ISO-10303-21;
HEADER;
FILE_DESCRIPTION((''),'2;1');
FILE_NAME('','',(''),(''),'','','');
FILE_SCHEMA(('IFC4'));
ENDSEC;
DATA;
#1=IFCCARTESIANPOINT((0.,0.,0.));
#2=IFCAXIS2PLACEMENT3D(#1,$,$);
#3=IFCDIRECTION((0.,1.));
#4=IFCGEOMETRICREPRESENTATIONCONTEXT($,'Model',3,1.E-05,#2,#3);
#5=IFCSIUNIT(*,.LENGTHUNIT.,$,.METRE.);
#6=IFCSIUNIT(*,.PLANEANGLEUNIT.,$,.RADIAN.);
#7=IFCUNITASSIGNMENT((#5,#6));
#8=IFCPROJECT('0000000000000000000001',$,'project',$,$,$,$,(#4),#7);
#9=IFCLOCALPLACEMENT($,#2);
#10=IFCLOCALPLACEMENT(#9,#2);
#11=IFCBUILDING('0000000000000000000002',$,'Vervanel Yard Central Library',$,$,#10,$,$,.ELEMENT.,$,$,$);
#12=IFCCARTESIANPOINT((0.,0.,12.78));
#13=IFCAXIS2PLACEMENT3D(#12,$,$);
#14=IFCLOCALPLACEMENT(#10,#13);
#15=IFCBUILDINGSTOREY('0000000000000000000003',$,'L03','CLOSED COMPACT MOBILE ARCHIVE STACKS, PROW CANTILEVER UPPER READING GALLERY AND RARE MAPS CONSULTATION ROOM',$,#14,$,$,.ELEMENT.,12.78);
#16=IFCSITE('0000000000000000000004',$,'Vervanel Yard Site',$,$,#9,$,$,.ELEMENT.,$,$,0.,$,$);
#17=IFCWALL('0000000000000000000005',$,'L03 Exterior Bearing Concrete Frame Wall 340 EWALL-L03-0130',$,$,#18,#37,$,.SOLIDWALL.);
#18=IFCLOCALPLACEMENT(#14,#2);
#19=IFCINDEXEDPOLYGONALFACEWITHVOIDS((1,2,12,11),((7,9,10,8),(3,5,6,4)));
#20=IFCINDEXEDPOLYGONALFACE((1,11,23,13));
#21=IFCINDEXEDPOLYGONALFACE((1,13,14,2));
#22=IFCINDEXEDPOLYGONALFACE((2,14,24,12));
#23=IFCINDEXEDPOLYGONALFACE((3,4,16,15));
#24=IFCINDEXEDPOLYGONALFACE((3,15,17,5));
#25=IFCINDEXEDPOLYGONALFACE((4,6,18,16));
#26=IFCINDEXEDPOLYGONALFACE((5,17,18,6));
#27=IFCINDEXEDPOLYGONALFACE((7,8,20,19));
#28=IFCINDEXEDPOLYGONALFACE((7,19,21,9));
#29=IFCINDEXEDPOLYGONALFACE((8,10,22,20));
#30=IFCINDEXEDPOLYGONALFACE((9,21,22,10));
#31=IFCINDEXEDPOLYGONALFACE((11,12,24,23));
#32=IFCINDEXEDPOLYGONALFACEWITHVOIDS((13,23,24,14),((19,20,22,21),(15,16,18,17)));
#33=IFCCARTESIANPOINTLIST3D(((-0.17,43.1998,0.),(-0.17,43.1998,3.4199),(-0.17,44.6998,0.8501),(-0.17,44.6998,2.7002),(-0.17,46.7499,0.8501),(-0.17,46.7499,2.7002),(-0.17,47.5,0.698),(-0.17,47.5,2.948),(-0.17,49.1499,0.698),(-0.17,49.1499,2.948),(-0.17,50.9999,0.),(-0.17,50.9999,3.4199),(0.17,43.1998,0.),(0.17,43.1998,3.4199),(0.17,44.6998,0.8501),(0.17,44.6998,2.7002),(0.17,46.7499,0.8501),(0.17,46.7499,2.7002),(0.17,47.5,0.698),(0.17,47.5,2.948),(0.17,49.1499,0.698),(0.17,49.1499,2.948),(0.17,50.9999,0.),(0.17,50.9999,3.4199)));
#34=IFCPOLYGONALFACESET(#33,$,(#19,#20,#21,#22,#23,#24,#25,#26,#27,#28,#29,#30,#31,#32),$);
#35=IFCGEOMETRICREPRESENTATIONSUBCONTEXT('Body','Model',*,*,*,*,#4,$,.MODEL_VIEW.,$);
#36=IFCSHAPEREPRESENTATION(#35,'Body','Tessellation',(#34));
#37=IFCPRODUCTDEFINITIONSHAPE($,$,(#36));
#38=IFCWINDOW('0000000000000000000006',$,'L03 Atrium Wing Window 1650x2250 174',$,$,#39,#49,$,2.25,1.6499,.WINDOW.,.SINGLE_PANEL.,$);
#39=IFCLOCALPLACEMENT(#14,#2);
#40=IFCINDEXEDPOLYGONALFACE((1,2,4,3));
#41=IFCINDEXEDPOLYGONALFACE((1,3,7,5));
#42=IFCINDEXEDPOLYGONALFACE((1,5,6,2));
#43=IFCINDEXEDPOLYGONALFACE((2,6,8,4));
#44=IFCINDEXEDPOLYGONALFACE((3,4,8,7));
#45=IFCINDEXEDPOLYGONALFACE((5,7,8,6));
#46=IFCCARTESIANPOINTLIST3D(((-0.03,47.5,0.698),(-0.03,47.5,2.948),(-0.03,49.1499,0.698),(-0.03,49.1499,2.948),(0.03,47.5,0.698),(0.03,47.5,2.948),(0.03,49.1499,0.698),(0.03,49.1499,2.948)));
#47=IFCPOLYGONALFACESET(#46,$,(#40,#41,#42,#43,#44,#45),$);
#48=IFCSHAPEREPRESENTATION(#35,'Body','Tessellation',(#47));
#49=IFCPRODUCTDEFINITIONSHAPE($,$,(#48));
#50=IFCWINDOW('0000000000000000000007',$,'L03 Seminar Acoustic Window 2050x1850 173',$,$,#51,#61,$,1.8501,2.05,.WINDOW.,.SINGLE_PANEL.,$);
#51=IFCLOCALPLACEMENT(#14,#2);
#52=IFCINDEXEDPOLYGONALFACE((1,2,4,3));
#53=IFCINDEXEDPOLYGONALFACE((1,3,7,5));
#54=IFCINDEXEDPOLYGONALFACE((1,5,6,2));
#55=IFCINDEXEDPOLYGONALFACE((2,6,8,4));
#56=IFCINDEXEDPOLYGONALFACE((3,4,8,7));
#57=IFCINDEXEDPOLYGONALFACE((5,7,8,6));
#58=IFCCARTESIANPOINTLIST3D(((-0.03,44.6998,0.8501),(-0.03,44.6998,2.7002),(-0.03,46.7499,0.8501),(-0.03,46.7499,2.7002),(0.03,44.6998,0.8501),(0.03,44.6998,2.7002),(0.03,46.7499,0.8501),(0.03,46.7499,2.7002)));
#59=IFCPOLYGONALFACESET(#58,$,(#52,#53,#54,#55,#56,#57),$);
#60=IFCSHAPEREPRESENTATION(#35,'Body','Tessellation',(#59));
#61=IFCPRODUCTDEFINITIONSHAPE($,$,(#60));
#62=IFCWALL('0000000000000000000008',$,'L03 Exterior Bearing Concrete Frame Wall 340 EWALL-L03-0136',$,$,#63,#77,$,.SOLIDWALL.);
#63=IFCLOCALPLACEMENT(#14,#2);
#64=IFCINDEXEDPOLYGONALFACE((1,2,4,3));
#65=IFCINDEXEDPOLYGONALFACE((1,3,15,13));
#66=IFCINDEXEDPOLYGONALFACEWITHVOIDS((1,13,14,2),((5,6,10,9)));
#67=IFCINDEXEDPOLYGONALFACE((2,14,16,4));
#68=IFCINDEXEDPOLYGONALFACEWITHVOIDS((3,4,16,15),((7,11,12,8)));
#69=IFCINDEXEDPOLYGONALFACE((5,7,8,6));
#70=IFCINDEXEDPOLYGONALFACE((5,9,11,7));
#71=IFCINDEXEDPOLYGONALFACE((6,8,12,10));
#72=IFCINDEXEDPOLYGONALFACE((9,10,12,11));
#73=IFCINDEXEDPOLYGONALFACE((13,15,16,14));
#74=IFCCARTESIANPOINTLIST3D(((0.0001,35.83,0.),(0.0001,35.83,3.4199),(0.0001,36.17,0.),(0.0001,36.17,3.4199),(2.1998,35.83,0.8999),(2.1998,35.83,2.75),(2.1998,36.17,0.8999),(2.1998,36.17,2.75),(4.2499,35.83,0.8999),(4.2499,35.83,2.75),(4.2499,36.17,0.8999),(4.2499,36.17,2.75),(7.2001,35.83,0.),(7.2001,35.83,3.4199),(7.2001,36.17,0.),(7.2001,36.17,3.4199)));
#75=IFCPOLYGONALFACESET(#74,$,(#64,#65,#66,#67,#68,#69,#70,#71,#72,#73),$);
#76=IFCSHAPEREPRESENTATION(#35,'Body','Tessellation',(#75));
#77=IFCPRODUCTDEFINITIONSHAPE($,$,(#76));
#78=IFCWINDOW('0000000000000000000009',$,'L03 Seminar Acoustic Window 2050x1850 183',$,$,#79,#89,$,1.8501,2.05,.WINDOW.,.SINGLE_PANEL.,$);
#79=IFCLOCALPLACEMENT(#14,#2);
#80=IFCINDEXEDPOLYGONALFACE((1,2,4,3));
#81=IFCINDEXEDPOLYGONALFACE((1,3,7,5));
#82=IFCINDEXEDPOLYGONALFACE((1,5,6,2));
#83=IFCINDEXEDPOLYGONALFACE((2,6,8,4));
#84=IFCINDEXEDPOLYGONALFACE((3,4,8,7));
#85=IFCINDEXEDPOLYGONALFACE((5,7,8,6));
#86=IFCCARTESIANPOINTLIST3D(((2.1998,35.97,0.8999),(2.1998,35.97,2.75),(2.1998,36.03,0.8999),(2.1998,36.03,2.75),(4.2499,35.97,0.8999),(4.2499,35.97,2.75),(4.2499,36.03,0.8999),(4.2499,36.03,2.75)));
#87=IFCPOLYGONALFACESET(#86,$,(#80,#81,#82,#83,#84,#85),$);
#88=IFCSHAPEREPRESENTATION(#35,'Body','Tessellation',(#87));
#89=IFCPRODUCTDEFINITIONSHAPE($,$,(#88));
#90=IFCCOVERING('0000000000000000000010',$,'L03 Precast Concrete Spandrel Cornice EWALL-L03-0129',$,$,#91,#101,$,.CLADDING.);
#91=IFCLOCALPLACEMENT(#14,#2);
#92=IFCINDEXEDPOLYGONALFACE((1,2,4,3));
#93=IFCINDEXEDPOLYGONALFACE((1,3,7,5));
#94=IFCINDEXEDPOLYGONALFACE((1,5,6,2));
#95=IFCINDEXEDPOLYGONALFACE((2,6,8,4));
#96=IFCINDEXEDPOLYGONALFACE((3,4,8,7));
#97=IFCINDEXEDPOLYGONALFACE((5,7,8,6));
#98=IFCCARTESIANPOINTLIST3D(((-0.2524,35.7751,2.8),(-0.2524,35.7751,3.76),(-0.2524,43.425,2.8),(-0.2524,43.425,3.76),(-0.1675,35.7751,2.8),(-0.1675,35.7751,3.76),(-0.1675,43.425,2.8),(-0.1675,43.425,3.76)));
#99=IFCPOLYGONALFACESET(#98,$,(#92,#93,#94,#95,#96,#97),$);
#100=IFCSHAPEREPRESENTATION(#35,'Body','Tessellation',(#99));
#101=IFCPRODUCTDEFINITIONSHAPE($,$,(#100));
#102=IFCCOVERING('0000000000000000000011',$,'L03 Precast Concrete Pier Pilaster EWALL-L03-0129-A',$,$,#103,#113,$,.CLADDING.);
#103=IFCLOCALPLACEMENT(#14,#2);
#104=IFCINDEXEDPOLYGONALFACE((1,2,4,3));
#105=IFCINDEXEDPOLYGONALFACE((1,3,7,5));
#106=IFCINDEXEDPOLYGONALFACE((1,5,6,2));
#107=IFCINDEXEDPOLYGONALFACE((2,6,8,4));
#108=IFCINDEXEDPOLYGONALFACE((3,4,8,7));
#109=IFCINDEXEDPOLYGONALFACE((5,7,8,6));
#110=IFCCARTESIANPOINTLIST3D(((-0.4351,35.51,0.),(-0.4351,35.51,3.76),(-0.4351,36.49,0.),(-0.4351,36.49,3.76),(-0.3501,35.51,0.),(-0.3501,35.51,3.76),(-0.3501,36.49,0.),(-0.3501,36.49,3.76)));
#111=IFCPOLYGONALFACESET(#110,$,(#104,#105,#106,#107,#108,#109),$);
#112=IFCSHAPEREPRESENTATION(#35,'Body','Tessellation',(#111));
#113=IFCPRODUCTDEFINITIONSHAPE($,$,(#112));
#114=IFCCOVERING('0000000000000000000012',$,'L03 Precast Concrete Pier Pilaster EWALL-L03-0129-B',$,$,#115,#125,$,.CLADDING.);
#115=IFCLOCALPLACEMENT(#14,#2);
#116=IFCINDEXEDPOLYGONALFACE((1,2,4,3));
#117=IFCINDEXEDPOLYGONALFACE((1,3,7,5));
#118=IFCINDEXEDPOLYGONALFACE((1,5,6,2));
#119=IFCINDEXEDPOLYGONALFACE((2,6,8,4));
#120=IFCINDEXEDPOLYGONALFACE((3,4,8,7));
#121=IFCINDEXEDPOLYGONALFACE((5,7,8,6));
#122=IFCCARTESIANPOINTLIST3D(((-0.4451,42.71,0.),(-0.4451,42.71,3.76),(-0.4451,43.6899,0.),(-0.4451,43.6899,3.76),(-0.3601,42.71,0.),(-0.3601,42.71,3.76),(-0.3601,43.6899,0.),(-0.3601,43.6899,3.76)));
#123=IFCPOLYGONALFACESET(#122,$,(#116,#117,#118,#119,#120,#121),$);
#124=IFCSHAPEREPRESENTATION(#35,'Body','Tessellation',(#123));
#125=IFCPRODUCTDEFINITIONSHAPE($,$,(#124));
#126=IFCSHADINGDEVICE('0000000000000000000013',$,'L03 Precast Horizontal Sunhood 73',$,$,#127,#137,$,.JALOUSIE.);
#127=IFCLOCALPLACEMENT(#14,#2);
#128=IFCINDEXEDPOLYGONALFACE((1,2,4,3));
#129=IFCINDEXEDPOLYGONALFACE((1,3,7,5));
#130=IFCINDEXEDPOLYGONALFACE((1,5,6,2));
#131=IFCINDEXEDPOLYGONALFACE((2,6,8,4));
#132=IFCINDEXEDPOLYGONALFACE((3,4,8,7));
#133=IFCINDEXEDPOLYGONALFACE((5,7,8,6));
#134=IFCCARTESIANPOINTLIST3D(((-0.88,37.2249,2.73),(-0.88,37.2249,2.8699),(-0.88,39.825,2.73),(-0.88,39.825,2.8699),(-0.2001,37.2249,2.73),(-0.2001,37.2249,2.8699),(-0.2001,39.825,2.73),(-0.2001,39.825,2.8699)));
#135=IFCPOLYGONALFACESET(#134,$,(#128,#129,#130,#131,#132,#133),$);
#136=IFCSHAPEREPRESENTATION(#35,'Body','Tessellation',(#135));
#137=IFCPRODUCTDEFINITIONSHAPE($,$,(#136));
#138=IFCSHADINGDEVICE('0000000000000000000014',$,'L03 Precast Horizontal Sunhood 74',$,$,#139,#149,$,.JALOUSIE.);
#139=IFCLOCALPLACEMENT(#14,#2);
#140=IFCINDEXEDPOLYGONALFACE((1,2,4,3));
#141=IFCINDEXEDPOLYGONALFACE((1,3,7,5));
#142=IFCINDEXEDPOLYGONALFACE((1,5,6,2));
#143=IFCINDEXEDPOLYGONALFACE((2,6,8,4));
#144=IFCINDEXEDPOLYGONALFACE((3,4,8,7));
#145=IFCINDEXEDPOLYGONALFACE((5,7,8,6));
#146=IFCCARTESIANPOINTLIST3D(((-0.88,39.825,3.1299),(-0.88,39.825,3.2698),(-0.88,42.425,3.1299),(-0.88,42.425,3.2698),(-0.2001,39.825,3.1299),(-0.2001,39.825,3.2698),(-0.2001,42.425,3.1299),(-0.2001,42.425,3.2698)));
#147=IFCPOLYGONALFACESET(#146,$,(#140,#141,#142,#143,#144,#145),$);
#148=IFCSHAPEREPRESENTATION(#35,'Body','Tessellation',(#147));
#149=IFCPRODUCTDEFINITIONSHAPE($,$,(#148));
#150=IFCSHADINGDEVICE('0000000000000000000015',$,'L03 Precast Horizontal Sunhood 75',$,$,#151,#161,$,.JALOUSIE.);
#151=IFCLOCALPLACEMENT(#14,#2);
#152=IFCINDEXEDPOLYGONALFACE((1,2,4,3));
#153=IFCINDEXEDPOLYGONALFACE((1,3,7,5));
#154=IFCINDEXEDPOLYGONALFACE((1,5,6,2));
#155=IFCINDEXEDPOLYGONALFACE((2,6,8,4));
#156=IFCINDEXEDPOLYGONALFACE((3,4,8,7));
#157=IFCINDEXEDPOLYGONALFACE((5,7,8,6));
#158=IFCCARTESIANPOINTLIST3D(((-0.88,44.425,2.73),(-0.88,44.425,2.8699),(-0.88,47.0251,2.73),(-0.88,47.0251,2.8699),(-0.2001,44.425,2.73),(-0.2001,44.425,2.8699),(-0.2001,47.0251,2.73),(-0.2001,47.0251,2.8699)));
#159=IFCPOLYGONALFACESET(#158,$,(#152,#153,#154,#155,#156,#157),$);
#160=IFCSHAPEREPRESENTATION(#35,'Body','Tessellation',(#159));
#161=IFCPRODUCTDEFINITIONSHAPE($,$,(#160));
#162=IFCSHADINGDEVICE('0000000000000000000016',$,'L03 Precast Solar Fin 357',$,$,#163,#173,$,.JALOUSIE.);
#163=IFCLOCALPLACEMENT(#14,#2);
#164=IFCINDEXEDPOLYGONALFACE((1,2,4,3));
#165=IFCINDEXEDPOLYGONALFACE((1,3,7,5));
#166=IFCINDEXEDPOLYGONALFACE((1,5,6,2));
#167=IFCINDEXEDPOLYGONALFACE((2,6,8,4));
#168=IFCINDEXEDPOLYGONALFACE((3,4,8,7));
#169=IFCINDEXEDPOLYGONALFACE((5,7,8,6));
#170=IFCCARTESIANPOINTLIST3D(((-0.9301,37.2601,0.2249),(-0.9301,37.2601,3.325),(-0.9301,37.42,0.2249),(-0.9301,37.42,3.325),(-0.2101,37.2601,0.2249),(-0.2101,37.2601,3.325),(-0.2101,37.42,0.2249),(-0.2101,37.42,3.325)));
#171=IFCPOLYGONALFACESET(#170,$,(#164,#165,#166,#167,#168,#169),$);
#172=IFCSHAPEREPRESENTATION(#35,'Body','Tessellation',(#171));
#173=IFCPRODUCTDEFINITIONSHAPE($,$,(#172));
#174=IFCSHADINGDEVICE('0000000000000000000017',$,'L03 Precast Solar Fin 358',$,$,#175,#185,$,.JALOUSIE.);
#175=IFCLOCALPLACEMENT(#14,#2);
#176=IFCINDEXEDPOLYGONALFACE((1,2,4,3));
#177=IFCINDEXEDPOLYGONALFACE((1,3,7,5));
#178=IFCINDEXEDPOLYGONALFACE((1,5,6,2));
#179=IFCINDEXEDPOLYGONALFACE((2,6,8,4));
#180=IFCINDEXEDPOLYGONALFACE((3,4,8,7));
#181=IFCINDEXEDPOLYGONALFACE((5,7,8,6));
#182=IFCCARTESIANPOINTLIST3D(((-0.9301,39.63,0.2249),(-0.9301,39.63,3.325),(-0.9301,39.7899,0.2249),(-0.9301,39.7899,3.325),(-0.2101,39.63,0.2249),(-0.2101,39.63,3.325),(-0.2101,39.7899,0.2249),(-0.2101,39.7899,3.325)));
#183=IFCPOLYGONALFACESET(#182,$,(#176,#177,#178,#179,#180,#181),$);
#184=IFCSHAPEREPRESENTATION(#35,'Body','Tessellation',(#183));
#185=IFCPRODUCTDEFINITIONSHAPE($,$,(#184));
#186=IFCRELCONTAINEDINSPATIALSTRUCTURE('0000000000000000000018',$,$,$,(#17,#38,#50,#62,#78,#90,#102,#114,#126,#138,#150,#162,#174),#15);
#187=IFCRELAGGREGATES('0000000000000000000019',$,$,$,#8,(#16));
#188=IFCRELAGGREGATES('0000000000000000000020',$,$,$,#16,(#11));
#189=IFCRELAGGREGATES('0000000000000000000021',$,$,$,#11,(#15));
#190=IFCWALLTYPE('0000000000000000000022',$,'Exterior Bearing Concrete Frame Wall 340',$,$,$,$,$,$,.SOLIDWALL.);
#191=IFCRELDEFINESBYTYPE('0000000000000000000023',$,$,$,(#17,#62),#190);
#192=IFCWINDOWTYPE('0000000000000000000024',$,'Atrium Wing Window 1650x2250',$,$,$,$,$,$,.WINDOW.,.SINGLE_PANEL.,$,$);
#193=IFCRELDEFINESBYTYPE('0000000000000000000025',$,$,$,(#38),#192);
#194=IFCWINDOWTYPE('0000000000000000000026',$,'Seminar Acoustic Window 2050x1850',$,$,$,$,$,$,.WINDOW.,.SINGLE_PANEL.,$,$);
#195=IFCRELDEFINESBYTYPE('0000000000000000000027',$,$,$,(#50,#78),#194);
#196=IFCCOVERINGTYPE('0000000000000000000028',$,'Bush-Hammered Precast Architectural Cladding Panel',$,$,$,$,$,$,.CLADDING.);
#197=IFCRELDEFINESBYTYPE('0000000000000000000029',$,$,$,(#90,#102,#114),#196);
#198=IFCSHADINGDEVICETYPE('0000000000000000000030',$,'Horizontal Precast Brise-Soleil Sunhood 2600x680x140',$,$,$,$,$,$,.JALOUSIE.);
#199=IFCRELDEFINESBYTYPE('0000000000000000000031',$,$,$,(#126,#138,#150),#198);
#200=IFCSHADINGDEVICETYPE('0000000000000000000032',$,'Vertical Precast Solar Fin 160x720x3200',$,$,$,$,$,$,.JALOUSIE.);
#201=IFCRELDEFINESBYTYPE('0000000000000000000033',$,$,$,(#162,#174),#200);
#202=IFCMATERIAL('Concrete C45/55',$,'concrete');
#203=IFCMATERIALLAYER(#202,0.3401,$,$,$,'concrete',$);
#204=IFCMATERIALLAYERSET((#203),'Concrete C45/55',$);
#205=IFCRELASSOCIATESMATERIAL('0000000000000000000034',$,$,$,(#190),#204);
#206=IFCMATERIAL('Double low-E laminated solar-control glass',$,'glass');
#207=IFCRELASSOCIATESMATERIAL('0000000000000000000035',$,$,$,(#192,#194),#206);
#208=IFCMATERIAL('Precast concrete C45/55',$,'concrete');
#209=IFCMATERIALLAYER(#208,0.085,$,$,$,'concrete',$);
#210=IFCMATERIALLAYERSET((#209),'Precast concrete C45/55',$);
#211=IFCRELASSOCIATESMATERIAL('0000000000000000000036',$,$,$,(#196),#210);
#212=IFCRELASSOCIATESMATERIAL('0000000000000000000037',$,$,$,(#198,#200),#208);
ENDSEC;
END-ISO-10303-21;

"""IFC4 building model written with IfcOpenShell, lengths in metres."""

from ifc_helpers import new_model, si_unit, direction, frame, frame_2d, origin, origin_2d, place, context, subcontext, project, spatial, rectangle, extrude, material, layer, layer_set, type_object, element, fill, save


model = new_model("IFC4")

# Units and contexts
model_context = context("Model", 3, precision=1e-05, world=origin(), true_north=direction((0.0, 1.0)))
body_context = subcontext(model_context, "Body", "Model", "MODEL_VIEW")
ifc_project = project(units=[si_unit("LENGTHUNIT", "METRE"), si_unit("PLANEANGLEUNIT", "RADIAN")], contexts=[model_context])

# Site, building, storey
site_placement = place(None, origin())
site = spatial("IfcSite", under=ifc_project, at=site_placement, Name="Vervanel Yard Site", CompositionType="ELEMENT", RefElevation=0.0)
building_placement = place(site_placement, origin())
building = spatial("IfcBuilding", under=site, at=building_placement, Name="Vervanel Yard Central Library", CompositionType="ELEMENT")
storey_placement = place(building_placement, frame((0.0, 0.0, 12.78)))
storey = spatial("IfcBuildingStorey", under=building, at=storey_placement, Name="L03", Description="CLOSED COMPACT MOBILE ARCHIVE STACKS, PROW CANTILEVER UPPER READING GALLERY AND RARE MAPS CONSULTATION ROOM", CompositionType="ELEMENT", Elevation=12.78)

# Wall, openings, windows
ifc_material_1 = material(Name="Concrete C45/55", Category="concrete")
ifc_layer_1 = layer(ifc_material_1, 0.3401, Category="concrete")
ifc_layer_set_1 = layer_set([ifc_layer_1], Name="Concrete C45/55")
wall_type = type_object("IfcWallType", Name="Exterior Bearing Concrete Frame Wall 340", PredefinedType="SOLIDWALL", material=ifc_layer_set_1)
ifc_material_2 = material(Name="Double low-E laminated solar-control glass", Category="glass")
window_type_1 = type_object("IfcWindowType", Name="Atrium Wing Window 1650x2250", PartitioningType="SINGLE_PANEL", PredefinedType="WINDOW", material=ifc_material_2)
window_type_2 = type_object("IfcWindowType", Name="Seminar Acoustic Window 2050x1850", PartitioningType="SINGLE_PANEL", PredefinedType="WINDOW", material=ifc_material_2)
wall_1_placement = place(storey_placement, frame((0.0, 43.2, 0.0), z_axis=(0.0, 0.0, 1.0), x_axis=(0.0, 1.0, 0.0)))
wall_1 = element("IfcWall", 1, at=wall_1_placement, inside=storey, type_object=wall_type, Name="L03 Exterior Bearing Concrete Frame Wall 340 EWALL-L03-0130", PredefinedType="SOLIDWALL", context=body_context, shape_type="SweptSolid", body=[
    extrude(rectangle(XDim=7.8, YDim=0.3401, at=frame_2d((3.8999, 0.0))), origin(), (0.0, 0.0, 1.0), 3.4199),
])
opening_1_placement = place(wall_1_placement, frame((1.5, 0.0, 0.8501)))
opening_1 = element("IfcOpeningElement", 2, at=opening_1_placement, cuts=wall_1, PredefinedType="OPENING", context=body_context, shape_type="SweptSolid", body=[
    extrude(rectangle(XDim=2.05, YDim=1.8501, at=frame_2d((1.0249, 0.925))), frame((0.0, 0.1799, 0.0), z_axis=(0.0, -1.0, 0.0), x_axis=(1.0, 0.0, 0.0)), (0.0, 0.0, 1.0), 0.3601),
])
opening_2_placement = place(wall_1_placement, frame((4.3, 0.0, 0.698)))
opening_2 = element("IfcOpeningElement", 3, at=opening_2_placement, cuts=wall_1, PredefinedType="OPENING", context=body_context, shape_type="SweptSolid", body=[
    extrude(rectangle(XDim=1.6499, YDim=2.25, at=frame_2d((0.825, 1.125))), frame((0.0, 0.1799, 0.0), z_axis=(0.0, -1.0, 0.0), x_axis=(1.0, 0.0, 0.0)), (0.0, 0.0, 1.0), 0.3601),
])
window_1_placement = place(opening_2_placement, origin())
window_1 = element("IfcWindow", 4, at=window_1_placement, inside=storey, type_object=window_type_1, Name="L03 Atrium Wing Window 1650x2250 174", OverallHeight=2.25, OverallWidth=1.6499, PartitioningType="SINGLE_PANEL", PredefinedType="WINDOW", context=body_context, shape_type="SweptSolid", body=[
    extrude(rectangle(XDim=1.6499, YDim=2.25, at=frame_2d((0.825, 1.125))), frame((0.0, 0.03, 0.0), z_axis=(0.0, -1.0, 0.0), x_axis=(1.0, 0.0, 0.0)), (0.0, 0.0, 1.0), 0.0601),
])
fill(opening_2, window_1)
window_2_placement = place(opening_1_placement, origin())
window_2 = element("IfcWindow", 5, at=window_2_placement, inside=storey, type_object=window_type_2, Name="L03 Seminar Acoustic Window 2050x1850 173", OverallHeight=1.8501, OverallWidth=2.05, PartitioningType="SINGLE_PANEL", PredefinedType="WINDOW", context=body_context, shape_type="SweptSolid", body=[
    extrude(rectangle(XDim=2.05, YDim=1.8501, at=frame_2d((1.0249, 0.925))), frame((0.0, 0.03, 0.0), z_axis=(0.0, -1.0, 0.0), x_axis=(1.0, 0.0, 0.0)), (0.0, 0.0, 1.0), 0.0601),
])
fill(opening_1, window_2)

# Wall, opening, window
wall_2_placement = place(storey_placement, frame((0.0, 36.0, 0.0), z_axis=(0.0, 0.0, 1.0), x_axis=(1.0, 0.0, 0.0)))
wall_2 = element("IfcWall", 6, at=wall_2_placement, inside=storey, type_object=wall_type, Name="L03 Exterior Bearing Concrete Frame Wall 340 EWALL-L03-0136", PredefinedType="SOLIDWALL", context=body_context, shape_type="SweptSolid", body=[
    extrude(rectangle(XDim=7.2, YDim=0.3401, at=frame_2d((3.6001, 0.0))), origin(), (0.0, 0.0, 1.0), 3.4199),
])
opening_3_placement = place(wall_2_placement, frame((2.2, 0.0, 0.8999)))
opening_3 = element("IfcOpeningElement", 7, at=opening_3_placement, cuts=wall_2, PredefinedType="OPENING", context=body_context, shape_type="SweptSolid", body=[
    extrude(rectangle(XDim=2.05, YDim=1.8501, at=frame_2d((1.0249, 0.925))), frame((0.0, 0.1799, 0.0), z_axis=(0.0, -1.0, 0.0), x_axis=(1.0, 0.0, 0.0)), (0.0, 0.0, 1.0), 0.3601),
])
window_3_placement = place(opening_3_placement, origin())
window_3 = element("IfcWindow", 8, at=window_3_placement, inside=storey, type_object=window_type_2, Name="L03 Seminar Acoustic Window 2050x1850 183", OverallHeight=1.8501, OverallWidth=2.05, PartitioningType="SINGLE_PANEL", PredefinedType="WINDOW", context=body_context, shape_type="SweptSolid", body=[
    extrude(rectangle(XDim=2.05, YDim=1.8501, at=frame_2d((1.0249, 0.925))), frame((0.0, 0.03, 0.0), z_axis=(0.0, -1.0, 0.0), x_axis=(1.0, 0.0, 0.0)), (0.0, 0.0, 1.0), 0.0601),
])
fill(opening_3, window_3)

# Coverings
ifc_material_3 = material(Name="Precast concrete C45/55", Category="concrete")
ifc_layer_2 = layer(ifc_material_3, 0.085, Category="concrete")
ifc_layer_set_2 = layer_set([ifc_layer_2], Name="Precast concrete C45/55")
covering_type = type_object("IfcCoveringType", Name="Bush-Hammered Precast Architectural Cladding Panel", PredefinedType="CLADDING", material=ifc_layer_set_2)
covering_placement = place(storey_placement, frame((-0.21, 39.6001, 2.8), z_axis=(0.0, 0.0, 1.0), x_axis=(0.0, 1.0, 0.0)))
element("IfcCovering", 9, at=covering_placement, inside=storey, type_object=covering_type, Name="L03 Precast Concrete Spandrel Cornice EWALL-L03-0129", PredefinedType="CLADDING", context=body_context, shape_type="SweptSolid", body=[
    extrude(rectangle(XDim=7.6499, YDim=0.085, at=origin_2d()), origin(), (0.0, 0.0, 1.0), 0.96),
])
for number, where, z_axis, x_axis, name in (
    (10, (-0.3926, 36.0, 0.0), (0.0, 0.0, 1.0), (0.0, 1.0, 0.0), "L03 Precast Concrete Pier Pilaster EWALL-L03-0129-A"),
    (11, (-0.4026, 43.2, 0.0), (0.0, 0.0, 1.0), (0.0, 1.0, 0.0), "L03 Precast Concrete Pier Pilaster EWALL-L03-0129-B"),
):
    element("IfcCovering", number, at=place(storey_placement, frame(where, z_axis=z_axis, x_axis=x_axis)), inside=storey, type_object=covering_type, Name=name, PredefinedType="CLADDING", context=body_context, shape_type="SweptSolid", body=[
        extrude(rectangle(XDim=0.98, YDim=0.085, at=origin_2d()), origin(), (0.0, 0.0, 1.0), 3.76),
    ])

# Shading devices
shading_device_type_1 = type_object("IfcShadingDeviceType", Name="Horizontal Precast Brise-Soleil Sunhood 2600x680x140", PredefinedType="JALOUSIE", material=ifc_material_3)
for number, where, z_axis, x_axis, name in (
    (12, (-0.54, 38.5249, 2.73), (0.0, 0.0, 1.0), (0.0, 1.0, 0.0), "L03 Precast Horizontal Sunhood 73"),
    (13, (-0.54, 41.125, 3.1299), (0.0, 0.0, 1.0), (0.0, 1.0, 0.0), "L03 Precast Horizontal Sunhood 74"),
    (14, (-0.54, 45.7251, 2.73), (0.0, 0.0, 1.0), (0.0, 1.0, 0.0), "L03 Precast Horizontal Sunhood 75"),
):
    element("IfcShadingDevice", number, at=place(storey_placement, frame(where, z_axis=z_axis, x_axis=x_axis)), inside=storey, type_object=shading_device_type_1, Name=name, PredefinedType="JALOUSIE", context=body_context, shape_type="SweptSolid", body=[
        extrude(rectangle(XDim=2.6001, YDim=0.6799, at=origin_2d()), origin(), (0.0, 0.0, 1.0), 0.1399),
    ])
shading_device_type_2 = type_object("IfcShadingDeviceType", Name="Vertical Precast Solar Fin 160x720x3200", PredefinedType="JALOUSIE", material=ifc_material_3)
for number, where, z_axis, x_axis, name in (
    (15, (-0.5701, 37.3401, 0.2249), (0.0, 0.0, 1.0), (0.0, 1.0, 0.0), "L03 Precast Solar Fin 357"),
    (16, (-0.5701, 39.71, 0.2249), (0.0, 0.0, 1.0), (0.0, 1.0, 0.0), "L03 Precast Solar Fin 358"),
):
    element("IfcShadingDevice", number, at=place(storey_placement, frame(where, z_axis=z_axis, x_axis=x_axis)), inside=storey, type_object=shading_device_type_2, Name=name, PredefinedType="JALOUSIE", context=body_context, shape_type="SweptSolid", body=[
        extrude(rectangle(XDim=0.1599, YDim=0.72, at=origin_2d()), origin(), (0.0, 0.0, 1.0), 3.1001),
    ])

save(model, "model.ifc")
